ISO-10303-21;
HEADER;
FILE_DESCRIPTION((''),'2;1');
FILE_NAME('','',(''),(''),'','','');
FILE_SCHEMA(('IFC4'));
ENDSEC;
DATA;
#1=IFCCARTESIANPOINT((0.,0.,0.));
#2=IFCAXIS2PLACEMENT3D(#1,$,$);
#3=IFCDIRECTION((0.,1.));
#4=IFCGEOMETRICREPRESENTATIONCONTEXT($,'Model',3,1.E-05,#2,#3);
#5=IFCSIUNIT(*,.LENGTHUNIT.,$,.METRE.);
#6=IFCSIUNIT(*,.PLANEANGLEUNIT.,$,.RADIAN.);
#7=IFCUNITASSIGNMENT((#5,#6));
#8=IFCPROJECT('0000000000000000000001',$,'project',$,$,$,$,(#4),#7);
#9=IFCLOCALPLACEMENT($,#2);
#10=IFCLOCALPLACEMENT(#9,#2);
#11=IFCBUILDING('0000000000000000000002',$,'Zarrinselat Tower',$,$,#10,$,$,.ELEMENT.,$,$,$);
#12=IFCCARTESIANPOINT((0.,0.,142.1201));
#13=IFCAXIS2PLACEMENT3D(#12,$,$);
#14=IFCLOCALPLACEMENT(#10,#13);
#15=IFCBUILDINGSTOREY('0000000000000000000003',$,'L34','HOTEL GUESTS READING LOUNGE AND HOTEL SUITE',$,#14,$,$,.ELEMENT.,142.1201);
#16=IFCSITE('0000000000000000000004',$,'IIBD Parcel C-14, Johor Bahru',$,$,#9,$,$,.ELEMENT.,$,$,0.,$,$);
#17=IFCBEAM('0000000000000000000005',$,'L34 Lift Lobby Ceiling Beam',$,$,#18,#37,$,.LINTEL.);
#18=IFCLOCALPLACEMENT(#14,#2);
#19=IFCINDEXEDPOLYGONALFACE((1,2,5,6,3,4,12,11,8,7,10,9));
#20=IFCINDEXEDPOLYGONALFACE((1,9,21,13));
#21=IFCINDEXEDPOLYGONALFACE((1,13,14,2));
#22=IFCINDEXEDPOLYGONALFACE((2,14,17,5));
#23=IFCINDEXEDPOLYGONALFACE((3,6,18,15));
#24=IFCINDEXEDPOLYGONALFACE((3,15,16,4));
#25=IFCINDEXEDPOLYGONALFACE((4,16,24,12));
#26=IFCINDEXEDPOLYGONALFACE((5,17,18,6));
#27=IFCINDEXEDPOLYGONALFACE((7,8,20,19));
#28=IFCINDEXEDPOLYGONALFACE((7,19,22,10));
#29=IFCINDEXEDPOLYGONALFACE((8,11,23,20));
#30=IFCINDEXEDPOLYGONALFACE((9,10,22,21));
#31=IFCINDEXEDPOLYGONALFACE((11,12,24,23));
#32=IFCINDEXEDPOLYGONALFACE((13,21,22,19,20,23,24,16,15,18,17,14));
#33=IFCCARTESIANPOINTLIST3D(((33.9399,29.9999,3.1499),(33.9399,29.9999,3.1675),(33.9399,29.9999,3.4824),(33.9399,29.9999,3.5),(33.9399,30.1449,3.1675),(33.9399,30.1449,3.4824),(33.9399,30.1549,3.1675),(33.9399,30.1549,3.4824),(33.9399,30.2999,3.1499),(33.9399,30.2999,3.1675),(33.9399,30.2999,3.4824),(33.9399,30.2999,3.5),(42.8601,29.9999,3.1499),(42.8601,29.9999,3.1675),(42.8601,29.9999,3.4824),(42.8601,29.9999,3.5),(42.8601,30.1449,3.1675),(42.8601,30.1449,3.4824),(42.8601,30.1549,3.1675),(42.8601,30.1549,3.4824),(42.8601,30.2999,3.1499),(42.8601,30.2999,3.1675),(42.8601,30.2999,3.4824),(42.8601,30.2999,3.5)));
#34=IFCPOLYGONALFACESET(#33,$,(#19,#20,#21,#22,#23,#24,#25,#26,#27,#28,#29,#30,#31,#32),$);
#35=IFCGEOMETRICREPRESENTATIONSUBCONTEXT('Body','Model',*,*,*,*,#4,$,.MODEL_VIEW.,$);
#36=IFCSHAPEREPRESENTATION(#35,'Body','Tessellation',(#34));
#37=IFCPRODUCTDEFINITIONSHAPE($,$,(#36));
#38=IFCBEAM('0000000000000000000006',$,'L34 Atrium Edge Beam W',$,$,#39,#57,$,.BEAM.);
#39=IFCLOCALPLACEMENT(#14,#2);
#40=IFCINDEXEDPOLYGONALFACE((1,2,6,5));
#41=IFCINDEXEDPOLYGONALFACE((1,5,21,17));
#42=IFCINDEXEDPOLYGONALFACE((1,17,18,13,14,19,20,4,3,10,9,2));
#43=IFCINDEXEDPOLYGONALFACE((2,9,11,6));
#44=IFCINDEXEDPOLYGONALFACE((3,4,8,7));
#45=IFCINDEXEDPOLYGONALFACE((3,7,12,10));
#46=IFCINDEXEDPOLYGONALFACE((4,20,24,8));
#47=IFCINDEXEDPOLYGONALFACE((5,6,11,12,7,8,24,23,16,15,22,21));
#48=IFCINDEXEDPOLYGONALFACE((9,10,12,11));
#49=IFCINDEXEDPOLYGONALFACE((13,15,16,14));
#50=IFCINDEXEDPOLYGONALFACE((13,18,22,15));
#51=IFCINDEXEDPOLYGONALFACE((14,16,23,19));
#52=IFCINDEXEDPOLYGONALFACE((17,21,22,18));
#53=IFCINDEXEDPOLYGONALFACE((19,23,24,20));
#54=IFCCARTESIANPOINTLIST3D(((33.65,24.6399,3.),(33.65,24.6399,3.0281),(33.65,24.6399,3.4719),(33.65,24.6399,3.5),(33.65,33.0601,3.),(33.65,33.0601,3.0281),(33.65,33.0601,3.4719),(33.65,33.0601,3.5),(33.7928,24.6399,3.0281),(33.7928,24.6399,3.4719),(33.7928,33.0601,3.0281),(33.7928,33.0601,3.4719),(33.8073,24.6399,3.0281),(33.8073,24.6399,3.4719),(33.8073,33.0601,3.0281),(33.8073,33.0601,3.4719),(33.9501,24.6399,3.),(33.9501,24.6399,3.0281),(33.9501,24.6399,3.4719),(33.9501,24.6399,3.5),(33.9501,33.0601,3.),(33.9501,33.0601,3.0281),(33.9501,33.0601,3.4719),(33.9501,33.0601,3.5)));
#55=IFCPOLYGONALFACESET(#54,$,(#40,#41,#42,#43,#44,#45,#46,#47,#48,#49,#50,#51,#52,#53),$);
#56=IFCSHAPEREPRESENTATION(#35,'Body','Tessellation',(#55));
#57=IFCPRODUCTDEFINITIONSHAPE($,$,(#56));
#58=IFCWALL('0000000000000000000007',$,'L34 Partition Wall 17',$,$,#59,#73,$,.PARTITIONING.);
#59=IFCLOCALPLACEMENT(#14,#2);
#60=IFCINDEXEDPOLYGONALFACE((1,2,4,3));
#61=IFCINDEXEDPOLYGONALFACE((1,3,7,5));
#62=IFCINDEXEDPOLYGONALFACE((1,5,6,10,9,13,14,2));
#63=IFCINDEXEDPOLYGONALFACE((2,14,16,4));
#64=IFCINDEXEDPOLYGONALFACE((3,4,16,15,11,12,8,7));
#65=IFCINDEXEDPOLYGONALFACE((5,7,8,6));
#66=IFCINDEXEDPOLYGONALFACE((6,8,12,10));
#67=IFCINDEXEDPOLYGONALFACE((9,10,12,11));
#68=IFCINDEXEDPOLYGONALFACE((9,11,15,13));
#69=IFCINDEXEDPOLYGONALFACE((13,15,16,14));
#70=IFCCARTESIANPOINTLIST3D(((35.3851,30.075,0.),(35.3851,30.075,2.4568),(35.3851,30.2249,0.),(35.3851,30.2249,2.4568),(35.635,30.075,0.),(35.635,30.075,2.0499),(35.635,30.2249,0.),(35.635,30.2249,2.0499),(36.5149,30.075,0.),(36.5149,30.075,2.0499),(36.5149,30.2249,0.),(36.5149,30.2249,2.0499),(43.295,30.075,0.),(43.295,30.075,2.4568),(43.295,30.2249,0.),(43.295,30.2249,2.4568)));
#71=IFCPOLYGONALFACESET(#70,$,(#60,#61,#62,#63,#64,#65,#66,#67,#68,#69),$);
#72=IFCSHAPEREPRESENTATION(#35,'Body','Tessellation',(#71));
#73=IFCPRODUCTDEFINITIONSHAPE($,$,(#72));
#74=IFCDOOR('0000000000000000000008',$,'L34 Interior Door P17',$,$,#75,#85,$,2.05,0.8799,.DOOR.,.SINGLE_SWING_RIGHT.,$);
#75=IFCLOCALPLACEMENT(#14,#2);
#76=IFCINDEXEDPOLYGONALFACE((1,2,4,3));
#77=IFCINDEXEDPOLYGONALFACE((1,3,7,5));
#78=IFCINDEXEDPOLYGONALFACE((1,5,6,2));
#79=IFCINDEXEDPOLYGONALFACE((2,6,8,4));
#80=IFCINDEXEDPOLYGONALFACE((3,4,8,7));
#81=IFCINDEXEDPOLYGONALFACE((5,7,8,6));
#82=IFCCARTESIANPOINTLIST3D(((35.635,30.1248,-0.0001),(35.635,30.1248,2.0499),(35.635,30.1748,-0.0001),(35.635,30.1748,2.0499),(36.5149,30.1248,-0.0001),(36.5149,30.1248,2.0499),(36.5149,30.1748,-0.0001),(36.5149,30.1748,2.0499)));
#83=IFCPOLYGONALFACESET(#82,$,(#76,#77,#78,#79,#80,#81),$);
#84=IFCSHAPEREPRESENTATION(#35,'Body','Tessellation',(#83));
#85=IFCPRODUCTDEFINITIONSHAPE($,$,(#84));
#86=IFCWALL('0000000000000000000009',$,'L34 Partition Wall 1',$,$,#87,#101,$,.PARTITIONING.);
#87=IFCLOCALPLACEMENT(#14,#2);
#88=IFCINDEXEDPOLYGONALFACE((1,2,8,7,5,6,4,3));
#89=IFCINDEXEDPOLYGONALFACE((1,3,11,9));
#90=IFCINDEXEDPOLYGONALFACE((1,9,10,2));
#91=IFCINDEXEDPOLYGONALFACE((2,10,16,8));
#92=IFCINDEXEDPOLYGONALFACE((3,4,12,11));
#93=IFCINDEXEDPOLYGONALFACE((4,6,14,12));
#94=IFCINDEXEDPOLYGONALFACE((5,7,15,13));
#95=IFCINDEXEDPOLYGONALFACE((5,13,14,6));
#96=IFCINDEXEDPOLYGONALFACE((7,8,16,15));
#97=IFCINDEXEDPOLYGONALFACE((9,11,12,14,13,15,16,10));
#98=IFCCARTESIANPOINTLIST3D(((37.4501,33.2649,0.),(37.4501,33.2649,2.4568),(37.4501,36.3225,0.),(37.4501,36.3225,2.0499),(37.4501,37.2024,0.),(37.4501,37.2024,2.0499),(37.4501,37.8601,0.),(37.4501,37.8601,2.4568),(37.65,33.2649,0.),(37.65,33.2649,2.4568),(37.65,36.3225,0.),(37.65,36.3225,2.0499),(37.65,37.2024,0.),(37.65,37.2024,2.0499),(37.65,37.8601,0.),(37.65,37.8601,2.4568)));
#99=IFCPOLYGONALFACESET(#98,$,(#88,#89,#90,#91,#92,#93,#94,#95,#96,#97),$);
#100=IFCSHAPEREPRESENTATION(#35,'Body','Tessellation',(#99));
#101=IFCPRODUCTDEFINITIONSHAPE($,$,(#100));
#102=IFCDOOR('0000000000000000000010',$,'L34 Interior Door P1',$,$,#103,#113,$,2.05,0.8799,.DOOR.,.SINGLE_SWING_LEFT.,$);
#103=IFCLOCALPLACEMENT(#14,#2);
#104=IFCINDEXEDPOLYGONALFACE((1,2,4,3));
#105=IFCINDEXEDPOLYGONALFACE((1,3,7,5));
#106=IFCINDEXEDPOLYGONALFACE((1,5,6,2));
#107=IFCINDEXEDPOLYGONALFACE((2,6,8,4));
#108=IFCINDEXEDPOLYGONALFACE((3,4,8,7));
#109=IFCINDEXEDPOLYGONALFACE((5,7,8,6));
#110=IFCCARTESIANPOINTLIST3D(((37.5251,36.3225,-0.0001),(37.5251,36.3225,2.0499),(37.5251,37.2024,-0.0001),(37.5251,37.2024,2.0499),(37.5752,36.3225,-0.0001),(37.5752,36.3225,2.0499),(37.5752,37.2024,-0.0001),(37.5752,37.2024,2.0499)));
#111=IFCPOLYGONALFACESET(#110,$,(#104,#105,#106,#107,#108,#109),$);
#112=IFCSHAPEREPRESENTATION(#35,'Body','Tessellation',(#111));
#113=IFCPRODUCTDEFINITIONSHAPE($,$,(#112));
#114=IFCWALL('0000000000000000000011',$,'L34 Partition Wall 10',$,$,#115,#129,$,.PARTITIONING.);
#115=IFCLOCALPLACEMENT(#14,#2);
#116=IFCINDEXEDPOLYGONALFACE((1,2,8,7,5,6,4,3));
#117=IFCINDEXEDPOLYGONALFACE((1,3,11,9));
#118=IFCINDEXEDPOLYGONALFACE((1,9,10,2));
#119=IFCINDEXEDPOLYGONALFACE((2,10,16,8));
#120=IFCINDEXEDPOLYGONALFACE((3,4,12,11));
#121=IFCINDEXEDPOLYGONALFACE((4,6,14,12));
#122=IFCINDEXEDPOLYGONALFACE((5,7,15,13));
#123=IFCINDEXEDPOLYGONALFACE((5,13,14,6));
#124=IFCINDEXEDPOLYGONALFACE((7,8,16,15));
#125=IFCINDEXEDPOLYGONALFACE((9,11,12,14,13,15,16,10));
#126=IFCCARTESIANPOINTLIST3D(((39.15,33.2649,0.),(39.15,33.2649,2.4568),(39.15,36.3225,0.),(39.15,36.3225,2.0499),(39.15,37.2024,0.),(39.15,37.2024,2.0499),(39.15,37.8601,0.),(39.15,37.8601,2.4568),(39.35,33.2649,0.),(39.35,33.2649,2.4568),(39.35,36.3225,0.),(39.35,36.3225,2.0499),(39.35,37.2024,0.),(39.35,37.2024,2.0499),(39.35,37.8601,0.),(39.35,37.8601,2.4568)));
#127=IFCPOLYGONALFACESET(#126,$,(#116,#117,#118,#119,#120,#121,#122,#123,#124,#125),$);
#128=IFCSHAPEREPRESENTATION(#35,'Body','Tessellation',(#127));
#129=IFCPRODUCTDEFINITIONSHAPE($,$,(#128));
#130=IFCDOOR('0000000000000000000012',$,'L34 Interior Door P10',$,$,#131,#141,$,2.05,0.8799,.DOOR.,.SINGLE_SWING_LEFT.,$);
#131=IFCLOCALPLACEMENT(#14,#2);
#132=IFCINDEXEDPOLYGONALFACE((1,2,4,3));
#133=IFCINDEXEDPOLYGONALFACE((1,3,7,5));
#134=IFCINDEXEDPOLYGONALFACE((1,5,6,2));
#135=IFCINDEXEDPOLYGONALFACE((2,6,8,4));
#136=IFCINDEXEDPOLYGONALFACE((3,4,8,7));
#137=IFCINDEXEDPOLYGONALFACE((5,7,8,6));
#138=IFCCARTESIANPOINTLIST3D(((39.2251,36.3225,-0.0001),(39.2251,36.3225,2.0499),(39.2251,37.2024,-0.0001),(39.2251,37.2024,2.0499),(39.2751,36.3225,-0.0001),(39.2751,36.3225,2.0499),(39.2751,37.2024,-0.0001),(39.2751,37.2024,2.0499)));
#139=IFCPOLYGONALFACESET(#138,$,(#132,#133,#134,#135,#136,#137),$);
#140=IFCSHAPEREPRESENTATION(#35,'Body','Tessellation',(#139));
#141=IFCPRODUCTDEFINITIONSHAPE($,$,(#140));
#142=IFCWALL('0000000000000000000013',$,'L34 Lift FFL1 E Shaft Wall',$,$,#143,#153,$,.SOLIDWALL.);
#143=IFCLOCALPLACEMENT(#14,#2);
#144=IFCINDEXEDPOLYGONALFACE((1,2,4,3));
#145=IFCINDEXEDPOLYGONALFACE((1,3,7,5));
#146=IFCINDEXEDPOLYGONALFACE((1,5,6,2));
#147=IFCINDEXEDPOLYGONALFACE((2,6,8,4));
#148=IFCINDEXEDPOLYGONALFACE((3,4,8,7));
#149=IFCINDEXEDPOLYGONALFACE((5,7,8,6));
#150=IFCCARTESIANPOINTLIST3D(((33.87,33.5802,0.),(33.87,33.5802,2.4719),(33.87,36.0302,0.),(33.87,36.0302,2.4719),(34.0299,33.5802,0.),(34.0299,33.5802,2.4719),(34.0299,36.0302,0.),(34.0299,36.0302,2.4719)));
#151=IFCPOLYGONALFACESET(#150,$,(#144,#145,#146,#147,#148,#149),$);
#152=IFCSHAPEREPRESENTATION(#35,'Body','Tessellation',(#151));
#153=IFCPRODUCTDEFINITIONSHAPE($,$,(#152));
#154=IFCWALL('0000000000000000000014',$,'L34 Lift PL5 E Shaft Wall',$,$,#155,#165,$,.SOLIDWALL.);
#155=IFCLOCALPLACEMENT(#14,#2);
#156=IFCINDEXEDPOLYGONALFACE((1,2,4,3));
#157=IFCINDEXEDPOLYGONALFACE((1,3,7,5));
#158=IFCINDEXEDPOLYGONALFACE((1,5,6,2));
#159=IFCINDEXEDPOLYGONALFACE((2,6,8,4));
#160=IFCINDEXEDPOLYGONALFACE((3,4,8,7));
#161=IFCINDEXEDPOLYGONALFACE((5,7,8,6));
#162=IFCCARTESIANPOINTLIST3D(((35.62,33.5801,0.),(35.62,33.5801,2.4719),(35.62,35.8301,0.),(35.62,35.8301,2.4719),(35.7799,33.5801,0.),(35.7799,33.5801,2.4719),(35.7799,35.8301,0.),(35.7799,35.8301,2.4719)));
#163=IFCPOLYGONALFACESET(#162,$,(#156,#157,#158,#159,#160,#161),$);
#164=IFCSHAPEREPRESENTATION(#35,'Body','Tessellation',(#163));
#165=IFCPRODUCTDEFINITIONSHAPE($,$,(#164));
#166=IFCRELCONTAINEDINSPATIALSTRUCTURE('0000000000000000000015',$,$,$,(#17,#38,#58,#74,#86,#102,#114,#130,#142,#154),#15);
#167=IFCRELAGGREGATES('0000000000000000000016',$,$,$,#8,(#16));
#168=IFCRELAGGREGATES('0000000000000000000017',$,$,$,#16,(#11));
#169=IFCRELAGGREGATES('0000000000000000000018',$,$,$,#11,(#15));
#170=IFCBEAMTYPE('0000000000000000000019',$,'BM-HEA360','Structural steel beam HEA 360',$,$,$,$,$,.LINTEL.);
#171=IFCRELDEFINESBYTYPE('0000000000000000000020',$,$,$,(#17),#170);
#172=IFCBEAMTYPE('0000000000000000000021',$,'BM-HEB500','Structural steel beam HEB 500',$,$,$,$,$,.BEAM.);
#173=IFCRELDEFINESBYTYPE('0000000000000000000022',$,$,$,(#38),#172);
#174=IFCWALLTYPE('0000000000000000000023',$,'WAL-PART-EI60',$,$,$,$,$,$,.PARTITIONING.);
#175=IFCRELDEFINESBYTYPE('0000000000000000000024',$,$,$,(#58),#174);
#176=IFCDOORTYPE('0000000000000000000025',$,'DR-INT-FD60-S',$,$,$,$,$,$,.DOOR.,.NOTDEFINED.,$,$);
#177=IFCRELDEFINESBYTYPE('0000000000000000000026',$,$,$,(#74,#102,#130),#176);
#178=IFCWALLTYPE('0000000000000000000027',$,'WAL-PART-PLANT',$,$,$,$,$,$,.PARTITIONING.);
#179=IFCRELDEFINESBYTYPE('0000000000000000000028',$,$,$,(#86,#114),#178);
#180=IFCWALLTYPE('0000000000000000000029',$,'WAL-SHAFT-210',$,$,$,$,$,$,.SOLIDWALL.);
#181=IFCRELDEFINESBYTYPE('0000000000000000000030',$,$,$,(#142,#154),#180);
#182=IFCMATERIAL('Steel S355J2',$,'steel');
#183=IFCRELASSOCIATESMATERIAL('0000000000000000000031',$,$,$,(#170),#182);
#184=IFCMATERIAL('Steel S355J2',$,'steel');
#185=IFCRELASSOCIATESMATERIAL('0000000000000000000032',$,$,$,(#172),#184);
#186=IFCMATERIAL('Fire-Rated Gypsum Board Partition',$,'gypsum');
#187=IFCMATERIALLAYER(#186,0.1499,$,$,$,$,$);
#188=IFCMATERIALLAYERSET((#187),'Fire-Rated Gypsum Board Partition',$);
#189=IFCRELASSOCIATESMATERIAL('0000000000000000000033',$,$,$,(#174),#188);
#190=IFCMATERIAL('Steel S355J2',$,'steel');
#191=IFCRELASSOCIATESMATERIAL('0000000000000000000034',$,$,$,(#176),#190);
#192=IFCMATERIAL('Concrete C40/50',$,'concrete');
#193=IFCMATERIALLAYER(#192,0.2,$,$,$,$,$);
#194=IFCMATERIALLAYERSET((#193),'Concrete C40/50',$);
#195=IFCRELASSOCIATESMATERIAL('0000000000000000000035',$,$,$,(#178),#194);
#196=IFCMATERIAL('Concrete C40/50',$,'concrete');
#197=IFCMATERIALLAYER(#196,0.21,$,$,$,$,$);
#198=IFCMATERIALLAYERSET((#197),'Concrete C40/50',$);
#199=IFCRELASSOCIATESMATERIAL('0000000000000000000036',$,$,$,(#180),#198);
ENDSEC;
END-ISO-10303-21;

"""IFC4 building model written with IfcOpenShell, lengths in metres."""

from ifc_helpers import new_model, si_unit, direction, frame, frame_2d, origin, origin_2d, place, context, subcontext, project, spatial, rectangle, i_section, extrude, material, layer, layer_set, material_profile, profile_set, type_object, element, fill, save


model = new_model("IFC4")

# Units and contexts
model_context = context("Model", 3, precision=1e-05, world=origin(), true_north=direction((0.0, 1.0)))
body_context = subcontext(model_context, "Body", "Model", "MODEL_VIEW")
ifc_project = project(units=[si_unit("LENGTHUNIT", "METRE"), si_unit("PLANEANGLEUNIT", "RADIAN")], contexts=[model_context])

# Site, building, storey
site_placement = place(None, origin())
site = spatial("IfcSite", under=ifc_project, at=site_placement, Name="IIBD Parcel C-14, Johor Bahru", CompositionType="ELEMENT", RefElevation=0.0)
building_placement = place(site_placement, origin())
building = spatial("IfcBuilding", under=site, at=building_placement, Name="Zarrinselat Tower", CompositionType="ELEMENT")
storey_placement = place(building_placement, frame((0.0, 0.0, 142.1201)))
storey = spatial("IfcBuildingStorey", under=building, at=storey_placement, Name="L34", Description="HOTEL GUESTS READING LOUNGE AND HOTEL SUITE", CompositionType="ELEMENT", Elevation=142.1201)

# Beams
ifc_material_1 = material(Name="Steel S355J2", Category="steel")
ifc_material_profile_1 = material_profile(ifc_material_1, i_section(OverallWidth=0.3, OverallDepth=0.3501, WebThickness=0.01, FlangeThickness=0.0176, at=origin_2d()), Name="HEA 360")
ifc_profile_set_1 = profile_set([ifc_material_profile_1], Name="Steel S355J2")
beam_type_1 = type_object("IfcBeamType", Name="BM-HEA360", Description="Structural steel beam HEA 360", PredefinedType="LINTEL", material=ifc_profile_set_1)
beam_1_placement = place(storey_placement, frame((33.9399, 30.1499, 3.325), z_axis=(1.0, 0.0, 0.0), x_axis=(0.0, 1.0, 0.0)))
element("IfcBeam", 1, at=beam_1_placement, inside=storey, type_object=beam_type_1, Name="L34 Lift Lobby Ceiling Beam", PredefinedType="LINTEL", context=body_context, shape_type="SweptSolid", body=[
    extrude(i_section(OverallWidth=0.3, OverallDepth=0.3501, WebThickness=0.01, FlangeThickness=0.0176, at=origin_2d()), origin(), (0.0, 0.0, 1.0), 8.9202),
])
ifc_material_2 = material(Name="Steel S355J2", Category="steel")
ifc_material_profile_2 = material_profile(ifc_material_2, i_section(OverallWidth=0.3, OverallDepth=0.5, WebThickness=0.0144, FlangeThickness=0.0281, at=origin_2d()), Name="HEB 500")
ifc_profile_set_2 = profile_set([ifc_material_profile_2], Name="Steel S355J2")
beam_type_2 = type_object("IfcBeamType", Name="BM-HEB500", Description="Structural steel beam HEB 500", PredefinedType="BEAM", material=ifc_profile_set_2)
beam_2_placement = place(storey_placement, frame((33.8, 24.6399, 3.25), z_axis=(0.0, 1.0, 0.0), x_axis=(-1.0, 0.0, 0.0)))
element("IfcBeam", 2, at=beam_2_placement, inside=storey, type_object=beam_type_2, Name="L34 Atrium Edge Beam W", PredefinedType="BEAM", context=body_context, shape_type="SweptSolid", body=[
    extrude(i_section(OverallWidth=0.3, OverallDepth=0.5, WebThickness=0.0144, FlangeThickness=0.0281, at=origin_2d()), origin(), (0.0, 0.0, 1.0), 8.4202),
])

# Walls, openings, doors
ifc_material_3 = material(Name="Fire-Rated Gypsum Board Partition", Category="gypsum")
ifc_layer_1 = layer(ifc_material_3, 0.1499)
ifc_layer_set_1 = layer_set([ifc_layer_1], Name="Fire-Rated Gypsum Board Partition")
wall_type_1 = type_object("IfcWallType", Name="WAL-PART-EI60", PredefinedType="PARTITIONING", material=ifc_layer_set_1)
wall_1_placement = place(storey_placement, frame((35.385, 30.1499, 0.0), z_axis=(0.0, 0.0, 1.0), x_axis=(1.0, 0.0, 0.0)))
wall_1 = element("IfcWall", 3, at=wall_1_placement, inside=storey, type_object=wall_type_1, Name="L34 Partition Wall 17", PredefinedType="PARTITIONING", context=body_context, shape_type="SweptSolid", body=[
    extrude(rectangle(XDim=7.9099, YDim=0.1499, at=frame_2d((3.9551, 0.0))), origin(), (0.0, 0.0, 1.0), 2.4568),
])
opening_1_placement = place(wall_1_placement, frame((0.25, 0.0, 0.0)))
opening_1 = element("IfcOpeningElement", 4, at=opening_1_placement, cuts=wall_1, PredefinedType="OPENING", context=body_context, shape_type="SweptSolid", body=[
    extrude(rectangle(XDim=0.8799, YDim=2.05, at=frame_2d((0.4399, 1.0249))), frame((0.0, 0.085, 0.0), z_axis=(0.0, -1.0, 0.0), x_axis=(1.0, 0.0, 0.0)), (0.0, 0.0, 1.0), 0.1699),
])
ifc_material_4 = material(Name="Steel S355J2", Category="steel")
door_type = type_object("IfcDoorType", Name="DR-INT-FD60-S", OperationType="NOTDEFINED", PredefinedType="DOOR", material=ifc_material_4)
door_1_placement = place(opening_1_placement, origin())
door_1 = element("IfcDoor", 5, at=door_1_placement, inside=storey, type_object=door_type, Name="L34 Interior Door P17", OperationType="SINGLE_SWING_RIGHT", OverallHeight=2.05, OverallWidth=0.8799, PredefinedType="DOOR", context=body_context, shape_type="SweptSolid", body=[
    extrude(rectangle(XDim=0.8799, YDim=2.05, at=frame_2d((0.4399, 1.0249))), frame((0.0, 0.0249, 0.0), z_axis=(0.0, -1.0, 0.0), x_axis=(1.0, 0.0, 0.0)), (0.0, 0.0, 1.0), 0.05),
])
fill(opening_1, door_1)
ifc_material_5 = material(Name="Concrete C40/50", Category="concrete")
ifc_layer_2 = layer(ifc_material_5, 0.2)
ifc_layer_set_2 = layer_set([ifc_layer_2], Name="Concrete C40/50")
wall_type_2 = type_object("IfcWallType", Name="WAL-PART-PLANT", PredefinedType="PARTITIONING", material=ifc_layer_set_2)
wall_2_placement = place(storey_placement, frame((37.55, 33.2649, 0.0), z_axis=(0.0, 0.0, 1.0), x_axis=(0.0, 1.0, 0.0)))
wall_2 = element("IfcWall", 6, at=wall_2_placement, inside=storey, type_object=wall_type_2, Name="L34 Partition Wall 1", PredefinedType="PARTITIONING", context=body_context, shape_type="SweptSolid", body=[
    extrude(rectangle(XDim=4.5952, YDim=0.2, at=frame_2d((2.2976, 0.0))), origin(), (0.0, 0.0, 1.0), 2.4568),
])
opening_2_placement = place(wall_2_placement, frame((3.0576, 0.0, 0.0)))
opening_2 = element("IfcOpeningElement", 7, at=opening_2_placement, cuts=wall_2, PredefinedType="OPENING", context=body_context, shape_type="SweptSolid", body=[
    extrude(rectangle(XDim=0.8799, YDim=2.05, at=frame_2d((0.4399, 1.0249))), frame((0.0, 0.1099, 0.0), z_axis=(0.0, -1.0, 0.0), x_axis=(1.0, 0.0, 0.0)), (0.0, 0.0, 1.0), 0.22),
])
door_2_placement = place(opening_2_placement, origin())
door_2 = element("IfcDoor", 8, at=door_2_placement, inside=storey, type_object=door_type, Name="L34 Interior Door P1", OperationType="SINGLE_SWING_LEFT", OverallHeight=2.05, OverallWidth=0.8799, PredefinedType="DOOR", context=body_context, shape_type="SweptSolid", body=[
    extrude(rectangle(XDim=0.8799, YDim=2.05, at=frame_2d((0.4399, 1.0249))), frame((0.0, 0.0249, 0.0), z_axis=(0.0, -1.0, 0.0), x_axis=(1.0, 0.0, 0.0)), (0.0, 0.0, 1.0), 0.05),
])
fill(opening_2, door_2)
wall_3_placement = place(storey_placement, frame((39.25, 33.2649, 0.0), z_axis=(0.0, 0.0, 1.0), x_axis=(0.0, 1.0, 0.0)))
wall_3 = element("IfcWall", 9, at=wall_3_placement, inside=storey, type_object=wall_type_2, Name="L34 Partition Wall 10", PredefinedType="PARTITIONING", context=body_context, shape_type="SweptSolid", body=[
    extrude(rectangle(XDim=4.5952, YDim=0.2, at=frame_2d((2.2976, 0.0))), origin(), (0.0, 0.0, 1.0), 2.4568),
])
opening_3_placement = place(wall_3_placement, frame((3.0576, 0.0, 0.0)))
opening_3 = element("IfcOpeningElement", 10, at=opening_3_placement, cuts=wall_3, PredefinedType="OPENING", context=body_context, shape_type="SweptSolid", body=[
    extrude(rectangle(XDim=0.8799, YDim=2.05, at=frame_2d((0.4399, 1.0249))), frame((0.0, 0.1099, 0.0), z_axis=(0.0, -1.0, 0.0), x_axis=(1.0, 0.0, 0.0)), (0.0, 0.0, 1.0), 0.22),
])
door_3_placement = place(opening_3_placement, origin())
door_3 = element("IfcDoor", 11, at=door_3_placement, inside=storey, type_object=door_type, Name="L34 Interior Door P10", OperationType="SINGLE_SWING_LEFT", OverallHeight=2.05, OverallWidth=0.8799, PredefinedType="DOOR", context=body_context, shape_type="SweptSolid", body=[
    extrude(rectangle(XDim=0.8799, YDim=2.05, at=frame_2d((0.4399, 1.0249))), frame((0.0, 0.0249, 0.0), z_axis=(0.0, -1.0, 0.0), x_axis=(1.0, 0.0, 0.0)), (0.0, 0.0, 1.0), 0.05),
])
fill(opening_3, door_3)

# Walls
ifc_material_6 = material(Name="Concrete C40/50", Category="concrete")
ifc_layer_3 = layer(ifc_material_6, 0.21)
ifc_layer_set_3 = layer_set([ifc_layer_3], Name="Concrete C40/50")
wall_type_3 = type_object("IfcWallType", Name="WAL-SHAFT-210", PredefinedType="SOLIDWALL", material=ifc_layer_set_3)
wall_4_placement = place(storey_placement, frame((33.95, 33.5801, 0.0), z_axis=(0.0, 0.0, 1.0), x_axis=(0.0, 1.0, 0.0)))
element("IfcWall", 12, at=wall_4_placement, inside=storey, type_object=wall_type_3, Name="L34 Lift FFL1 E Shaft Wall", PredefinedType="SOLIDWALL", context=body_context, shape_type="SweptSolid", body=[
    extrude(rectangle(XDim=2.45, YDim=0.1599, at=frame_2d((1.2251, 0.0))), origin(), (0.0, 0.0, 1.0), 2.4719),
])
for number, where, z_axis, x_axis, name in (
    (13, (35.7, 33.5801, 0.0), (0.0, 0.0, 1.0), (0.0, 1.0, 0.0), "L34 Lift PL5 E Shaft Wall"),
):
    element("IfcWall", number, at=place(storey_placement, frame(where, z_axis=z_axis, x_axis=x_axis)), inside=storey, type_object=wall_type_3, Name=name, PredefinedType="SOLIDWALL", context=body_context, shape_type="SweptSolid", body=[
        extrude(rectangle(XDim=2.25, YDim=0.1599, at=frame_2d((1.125, 0.0))), origin(), (0.0, 0.0, 1.0), 2.4719),
    ])

save(model, "model.ifc")
